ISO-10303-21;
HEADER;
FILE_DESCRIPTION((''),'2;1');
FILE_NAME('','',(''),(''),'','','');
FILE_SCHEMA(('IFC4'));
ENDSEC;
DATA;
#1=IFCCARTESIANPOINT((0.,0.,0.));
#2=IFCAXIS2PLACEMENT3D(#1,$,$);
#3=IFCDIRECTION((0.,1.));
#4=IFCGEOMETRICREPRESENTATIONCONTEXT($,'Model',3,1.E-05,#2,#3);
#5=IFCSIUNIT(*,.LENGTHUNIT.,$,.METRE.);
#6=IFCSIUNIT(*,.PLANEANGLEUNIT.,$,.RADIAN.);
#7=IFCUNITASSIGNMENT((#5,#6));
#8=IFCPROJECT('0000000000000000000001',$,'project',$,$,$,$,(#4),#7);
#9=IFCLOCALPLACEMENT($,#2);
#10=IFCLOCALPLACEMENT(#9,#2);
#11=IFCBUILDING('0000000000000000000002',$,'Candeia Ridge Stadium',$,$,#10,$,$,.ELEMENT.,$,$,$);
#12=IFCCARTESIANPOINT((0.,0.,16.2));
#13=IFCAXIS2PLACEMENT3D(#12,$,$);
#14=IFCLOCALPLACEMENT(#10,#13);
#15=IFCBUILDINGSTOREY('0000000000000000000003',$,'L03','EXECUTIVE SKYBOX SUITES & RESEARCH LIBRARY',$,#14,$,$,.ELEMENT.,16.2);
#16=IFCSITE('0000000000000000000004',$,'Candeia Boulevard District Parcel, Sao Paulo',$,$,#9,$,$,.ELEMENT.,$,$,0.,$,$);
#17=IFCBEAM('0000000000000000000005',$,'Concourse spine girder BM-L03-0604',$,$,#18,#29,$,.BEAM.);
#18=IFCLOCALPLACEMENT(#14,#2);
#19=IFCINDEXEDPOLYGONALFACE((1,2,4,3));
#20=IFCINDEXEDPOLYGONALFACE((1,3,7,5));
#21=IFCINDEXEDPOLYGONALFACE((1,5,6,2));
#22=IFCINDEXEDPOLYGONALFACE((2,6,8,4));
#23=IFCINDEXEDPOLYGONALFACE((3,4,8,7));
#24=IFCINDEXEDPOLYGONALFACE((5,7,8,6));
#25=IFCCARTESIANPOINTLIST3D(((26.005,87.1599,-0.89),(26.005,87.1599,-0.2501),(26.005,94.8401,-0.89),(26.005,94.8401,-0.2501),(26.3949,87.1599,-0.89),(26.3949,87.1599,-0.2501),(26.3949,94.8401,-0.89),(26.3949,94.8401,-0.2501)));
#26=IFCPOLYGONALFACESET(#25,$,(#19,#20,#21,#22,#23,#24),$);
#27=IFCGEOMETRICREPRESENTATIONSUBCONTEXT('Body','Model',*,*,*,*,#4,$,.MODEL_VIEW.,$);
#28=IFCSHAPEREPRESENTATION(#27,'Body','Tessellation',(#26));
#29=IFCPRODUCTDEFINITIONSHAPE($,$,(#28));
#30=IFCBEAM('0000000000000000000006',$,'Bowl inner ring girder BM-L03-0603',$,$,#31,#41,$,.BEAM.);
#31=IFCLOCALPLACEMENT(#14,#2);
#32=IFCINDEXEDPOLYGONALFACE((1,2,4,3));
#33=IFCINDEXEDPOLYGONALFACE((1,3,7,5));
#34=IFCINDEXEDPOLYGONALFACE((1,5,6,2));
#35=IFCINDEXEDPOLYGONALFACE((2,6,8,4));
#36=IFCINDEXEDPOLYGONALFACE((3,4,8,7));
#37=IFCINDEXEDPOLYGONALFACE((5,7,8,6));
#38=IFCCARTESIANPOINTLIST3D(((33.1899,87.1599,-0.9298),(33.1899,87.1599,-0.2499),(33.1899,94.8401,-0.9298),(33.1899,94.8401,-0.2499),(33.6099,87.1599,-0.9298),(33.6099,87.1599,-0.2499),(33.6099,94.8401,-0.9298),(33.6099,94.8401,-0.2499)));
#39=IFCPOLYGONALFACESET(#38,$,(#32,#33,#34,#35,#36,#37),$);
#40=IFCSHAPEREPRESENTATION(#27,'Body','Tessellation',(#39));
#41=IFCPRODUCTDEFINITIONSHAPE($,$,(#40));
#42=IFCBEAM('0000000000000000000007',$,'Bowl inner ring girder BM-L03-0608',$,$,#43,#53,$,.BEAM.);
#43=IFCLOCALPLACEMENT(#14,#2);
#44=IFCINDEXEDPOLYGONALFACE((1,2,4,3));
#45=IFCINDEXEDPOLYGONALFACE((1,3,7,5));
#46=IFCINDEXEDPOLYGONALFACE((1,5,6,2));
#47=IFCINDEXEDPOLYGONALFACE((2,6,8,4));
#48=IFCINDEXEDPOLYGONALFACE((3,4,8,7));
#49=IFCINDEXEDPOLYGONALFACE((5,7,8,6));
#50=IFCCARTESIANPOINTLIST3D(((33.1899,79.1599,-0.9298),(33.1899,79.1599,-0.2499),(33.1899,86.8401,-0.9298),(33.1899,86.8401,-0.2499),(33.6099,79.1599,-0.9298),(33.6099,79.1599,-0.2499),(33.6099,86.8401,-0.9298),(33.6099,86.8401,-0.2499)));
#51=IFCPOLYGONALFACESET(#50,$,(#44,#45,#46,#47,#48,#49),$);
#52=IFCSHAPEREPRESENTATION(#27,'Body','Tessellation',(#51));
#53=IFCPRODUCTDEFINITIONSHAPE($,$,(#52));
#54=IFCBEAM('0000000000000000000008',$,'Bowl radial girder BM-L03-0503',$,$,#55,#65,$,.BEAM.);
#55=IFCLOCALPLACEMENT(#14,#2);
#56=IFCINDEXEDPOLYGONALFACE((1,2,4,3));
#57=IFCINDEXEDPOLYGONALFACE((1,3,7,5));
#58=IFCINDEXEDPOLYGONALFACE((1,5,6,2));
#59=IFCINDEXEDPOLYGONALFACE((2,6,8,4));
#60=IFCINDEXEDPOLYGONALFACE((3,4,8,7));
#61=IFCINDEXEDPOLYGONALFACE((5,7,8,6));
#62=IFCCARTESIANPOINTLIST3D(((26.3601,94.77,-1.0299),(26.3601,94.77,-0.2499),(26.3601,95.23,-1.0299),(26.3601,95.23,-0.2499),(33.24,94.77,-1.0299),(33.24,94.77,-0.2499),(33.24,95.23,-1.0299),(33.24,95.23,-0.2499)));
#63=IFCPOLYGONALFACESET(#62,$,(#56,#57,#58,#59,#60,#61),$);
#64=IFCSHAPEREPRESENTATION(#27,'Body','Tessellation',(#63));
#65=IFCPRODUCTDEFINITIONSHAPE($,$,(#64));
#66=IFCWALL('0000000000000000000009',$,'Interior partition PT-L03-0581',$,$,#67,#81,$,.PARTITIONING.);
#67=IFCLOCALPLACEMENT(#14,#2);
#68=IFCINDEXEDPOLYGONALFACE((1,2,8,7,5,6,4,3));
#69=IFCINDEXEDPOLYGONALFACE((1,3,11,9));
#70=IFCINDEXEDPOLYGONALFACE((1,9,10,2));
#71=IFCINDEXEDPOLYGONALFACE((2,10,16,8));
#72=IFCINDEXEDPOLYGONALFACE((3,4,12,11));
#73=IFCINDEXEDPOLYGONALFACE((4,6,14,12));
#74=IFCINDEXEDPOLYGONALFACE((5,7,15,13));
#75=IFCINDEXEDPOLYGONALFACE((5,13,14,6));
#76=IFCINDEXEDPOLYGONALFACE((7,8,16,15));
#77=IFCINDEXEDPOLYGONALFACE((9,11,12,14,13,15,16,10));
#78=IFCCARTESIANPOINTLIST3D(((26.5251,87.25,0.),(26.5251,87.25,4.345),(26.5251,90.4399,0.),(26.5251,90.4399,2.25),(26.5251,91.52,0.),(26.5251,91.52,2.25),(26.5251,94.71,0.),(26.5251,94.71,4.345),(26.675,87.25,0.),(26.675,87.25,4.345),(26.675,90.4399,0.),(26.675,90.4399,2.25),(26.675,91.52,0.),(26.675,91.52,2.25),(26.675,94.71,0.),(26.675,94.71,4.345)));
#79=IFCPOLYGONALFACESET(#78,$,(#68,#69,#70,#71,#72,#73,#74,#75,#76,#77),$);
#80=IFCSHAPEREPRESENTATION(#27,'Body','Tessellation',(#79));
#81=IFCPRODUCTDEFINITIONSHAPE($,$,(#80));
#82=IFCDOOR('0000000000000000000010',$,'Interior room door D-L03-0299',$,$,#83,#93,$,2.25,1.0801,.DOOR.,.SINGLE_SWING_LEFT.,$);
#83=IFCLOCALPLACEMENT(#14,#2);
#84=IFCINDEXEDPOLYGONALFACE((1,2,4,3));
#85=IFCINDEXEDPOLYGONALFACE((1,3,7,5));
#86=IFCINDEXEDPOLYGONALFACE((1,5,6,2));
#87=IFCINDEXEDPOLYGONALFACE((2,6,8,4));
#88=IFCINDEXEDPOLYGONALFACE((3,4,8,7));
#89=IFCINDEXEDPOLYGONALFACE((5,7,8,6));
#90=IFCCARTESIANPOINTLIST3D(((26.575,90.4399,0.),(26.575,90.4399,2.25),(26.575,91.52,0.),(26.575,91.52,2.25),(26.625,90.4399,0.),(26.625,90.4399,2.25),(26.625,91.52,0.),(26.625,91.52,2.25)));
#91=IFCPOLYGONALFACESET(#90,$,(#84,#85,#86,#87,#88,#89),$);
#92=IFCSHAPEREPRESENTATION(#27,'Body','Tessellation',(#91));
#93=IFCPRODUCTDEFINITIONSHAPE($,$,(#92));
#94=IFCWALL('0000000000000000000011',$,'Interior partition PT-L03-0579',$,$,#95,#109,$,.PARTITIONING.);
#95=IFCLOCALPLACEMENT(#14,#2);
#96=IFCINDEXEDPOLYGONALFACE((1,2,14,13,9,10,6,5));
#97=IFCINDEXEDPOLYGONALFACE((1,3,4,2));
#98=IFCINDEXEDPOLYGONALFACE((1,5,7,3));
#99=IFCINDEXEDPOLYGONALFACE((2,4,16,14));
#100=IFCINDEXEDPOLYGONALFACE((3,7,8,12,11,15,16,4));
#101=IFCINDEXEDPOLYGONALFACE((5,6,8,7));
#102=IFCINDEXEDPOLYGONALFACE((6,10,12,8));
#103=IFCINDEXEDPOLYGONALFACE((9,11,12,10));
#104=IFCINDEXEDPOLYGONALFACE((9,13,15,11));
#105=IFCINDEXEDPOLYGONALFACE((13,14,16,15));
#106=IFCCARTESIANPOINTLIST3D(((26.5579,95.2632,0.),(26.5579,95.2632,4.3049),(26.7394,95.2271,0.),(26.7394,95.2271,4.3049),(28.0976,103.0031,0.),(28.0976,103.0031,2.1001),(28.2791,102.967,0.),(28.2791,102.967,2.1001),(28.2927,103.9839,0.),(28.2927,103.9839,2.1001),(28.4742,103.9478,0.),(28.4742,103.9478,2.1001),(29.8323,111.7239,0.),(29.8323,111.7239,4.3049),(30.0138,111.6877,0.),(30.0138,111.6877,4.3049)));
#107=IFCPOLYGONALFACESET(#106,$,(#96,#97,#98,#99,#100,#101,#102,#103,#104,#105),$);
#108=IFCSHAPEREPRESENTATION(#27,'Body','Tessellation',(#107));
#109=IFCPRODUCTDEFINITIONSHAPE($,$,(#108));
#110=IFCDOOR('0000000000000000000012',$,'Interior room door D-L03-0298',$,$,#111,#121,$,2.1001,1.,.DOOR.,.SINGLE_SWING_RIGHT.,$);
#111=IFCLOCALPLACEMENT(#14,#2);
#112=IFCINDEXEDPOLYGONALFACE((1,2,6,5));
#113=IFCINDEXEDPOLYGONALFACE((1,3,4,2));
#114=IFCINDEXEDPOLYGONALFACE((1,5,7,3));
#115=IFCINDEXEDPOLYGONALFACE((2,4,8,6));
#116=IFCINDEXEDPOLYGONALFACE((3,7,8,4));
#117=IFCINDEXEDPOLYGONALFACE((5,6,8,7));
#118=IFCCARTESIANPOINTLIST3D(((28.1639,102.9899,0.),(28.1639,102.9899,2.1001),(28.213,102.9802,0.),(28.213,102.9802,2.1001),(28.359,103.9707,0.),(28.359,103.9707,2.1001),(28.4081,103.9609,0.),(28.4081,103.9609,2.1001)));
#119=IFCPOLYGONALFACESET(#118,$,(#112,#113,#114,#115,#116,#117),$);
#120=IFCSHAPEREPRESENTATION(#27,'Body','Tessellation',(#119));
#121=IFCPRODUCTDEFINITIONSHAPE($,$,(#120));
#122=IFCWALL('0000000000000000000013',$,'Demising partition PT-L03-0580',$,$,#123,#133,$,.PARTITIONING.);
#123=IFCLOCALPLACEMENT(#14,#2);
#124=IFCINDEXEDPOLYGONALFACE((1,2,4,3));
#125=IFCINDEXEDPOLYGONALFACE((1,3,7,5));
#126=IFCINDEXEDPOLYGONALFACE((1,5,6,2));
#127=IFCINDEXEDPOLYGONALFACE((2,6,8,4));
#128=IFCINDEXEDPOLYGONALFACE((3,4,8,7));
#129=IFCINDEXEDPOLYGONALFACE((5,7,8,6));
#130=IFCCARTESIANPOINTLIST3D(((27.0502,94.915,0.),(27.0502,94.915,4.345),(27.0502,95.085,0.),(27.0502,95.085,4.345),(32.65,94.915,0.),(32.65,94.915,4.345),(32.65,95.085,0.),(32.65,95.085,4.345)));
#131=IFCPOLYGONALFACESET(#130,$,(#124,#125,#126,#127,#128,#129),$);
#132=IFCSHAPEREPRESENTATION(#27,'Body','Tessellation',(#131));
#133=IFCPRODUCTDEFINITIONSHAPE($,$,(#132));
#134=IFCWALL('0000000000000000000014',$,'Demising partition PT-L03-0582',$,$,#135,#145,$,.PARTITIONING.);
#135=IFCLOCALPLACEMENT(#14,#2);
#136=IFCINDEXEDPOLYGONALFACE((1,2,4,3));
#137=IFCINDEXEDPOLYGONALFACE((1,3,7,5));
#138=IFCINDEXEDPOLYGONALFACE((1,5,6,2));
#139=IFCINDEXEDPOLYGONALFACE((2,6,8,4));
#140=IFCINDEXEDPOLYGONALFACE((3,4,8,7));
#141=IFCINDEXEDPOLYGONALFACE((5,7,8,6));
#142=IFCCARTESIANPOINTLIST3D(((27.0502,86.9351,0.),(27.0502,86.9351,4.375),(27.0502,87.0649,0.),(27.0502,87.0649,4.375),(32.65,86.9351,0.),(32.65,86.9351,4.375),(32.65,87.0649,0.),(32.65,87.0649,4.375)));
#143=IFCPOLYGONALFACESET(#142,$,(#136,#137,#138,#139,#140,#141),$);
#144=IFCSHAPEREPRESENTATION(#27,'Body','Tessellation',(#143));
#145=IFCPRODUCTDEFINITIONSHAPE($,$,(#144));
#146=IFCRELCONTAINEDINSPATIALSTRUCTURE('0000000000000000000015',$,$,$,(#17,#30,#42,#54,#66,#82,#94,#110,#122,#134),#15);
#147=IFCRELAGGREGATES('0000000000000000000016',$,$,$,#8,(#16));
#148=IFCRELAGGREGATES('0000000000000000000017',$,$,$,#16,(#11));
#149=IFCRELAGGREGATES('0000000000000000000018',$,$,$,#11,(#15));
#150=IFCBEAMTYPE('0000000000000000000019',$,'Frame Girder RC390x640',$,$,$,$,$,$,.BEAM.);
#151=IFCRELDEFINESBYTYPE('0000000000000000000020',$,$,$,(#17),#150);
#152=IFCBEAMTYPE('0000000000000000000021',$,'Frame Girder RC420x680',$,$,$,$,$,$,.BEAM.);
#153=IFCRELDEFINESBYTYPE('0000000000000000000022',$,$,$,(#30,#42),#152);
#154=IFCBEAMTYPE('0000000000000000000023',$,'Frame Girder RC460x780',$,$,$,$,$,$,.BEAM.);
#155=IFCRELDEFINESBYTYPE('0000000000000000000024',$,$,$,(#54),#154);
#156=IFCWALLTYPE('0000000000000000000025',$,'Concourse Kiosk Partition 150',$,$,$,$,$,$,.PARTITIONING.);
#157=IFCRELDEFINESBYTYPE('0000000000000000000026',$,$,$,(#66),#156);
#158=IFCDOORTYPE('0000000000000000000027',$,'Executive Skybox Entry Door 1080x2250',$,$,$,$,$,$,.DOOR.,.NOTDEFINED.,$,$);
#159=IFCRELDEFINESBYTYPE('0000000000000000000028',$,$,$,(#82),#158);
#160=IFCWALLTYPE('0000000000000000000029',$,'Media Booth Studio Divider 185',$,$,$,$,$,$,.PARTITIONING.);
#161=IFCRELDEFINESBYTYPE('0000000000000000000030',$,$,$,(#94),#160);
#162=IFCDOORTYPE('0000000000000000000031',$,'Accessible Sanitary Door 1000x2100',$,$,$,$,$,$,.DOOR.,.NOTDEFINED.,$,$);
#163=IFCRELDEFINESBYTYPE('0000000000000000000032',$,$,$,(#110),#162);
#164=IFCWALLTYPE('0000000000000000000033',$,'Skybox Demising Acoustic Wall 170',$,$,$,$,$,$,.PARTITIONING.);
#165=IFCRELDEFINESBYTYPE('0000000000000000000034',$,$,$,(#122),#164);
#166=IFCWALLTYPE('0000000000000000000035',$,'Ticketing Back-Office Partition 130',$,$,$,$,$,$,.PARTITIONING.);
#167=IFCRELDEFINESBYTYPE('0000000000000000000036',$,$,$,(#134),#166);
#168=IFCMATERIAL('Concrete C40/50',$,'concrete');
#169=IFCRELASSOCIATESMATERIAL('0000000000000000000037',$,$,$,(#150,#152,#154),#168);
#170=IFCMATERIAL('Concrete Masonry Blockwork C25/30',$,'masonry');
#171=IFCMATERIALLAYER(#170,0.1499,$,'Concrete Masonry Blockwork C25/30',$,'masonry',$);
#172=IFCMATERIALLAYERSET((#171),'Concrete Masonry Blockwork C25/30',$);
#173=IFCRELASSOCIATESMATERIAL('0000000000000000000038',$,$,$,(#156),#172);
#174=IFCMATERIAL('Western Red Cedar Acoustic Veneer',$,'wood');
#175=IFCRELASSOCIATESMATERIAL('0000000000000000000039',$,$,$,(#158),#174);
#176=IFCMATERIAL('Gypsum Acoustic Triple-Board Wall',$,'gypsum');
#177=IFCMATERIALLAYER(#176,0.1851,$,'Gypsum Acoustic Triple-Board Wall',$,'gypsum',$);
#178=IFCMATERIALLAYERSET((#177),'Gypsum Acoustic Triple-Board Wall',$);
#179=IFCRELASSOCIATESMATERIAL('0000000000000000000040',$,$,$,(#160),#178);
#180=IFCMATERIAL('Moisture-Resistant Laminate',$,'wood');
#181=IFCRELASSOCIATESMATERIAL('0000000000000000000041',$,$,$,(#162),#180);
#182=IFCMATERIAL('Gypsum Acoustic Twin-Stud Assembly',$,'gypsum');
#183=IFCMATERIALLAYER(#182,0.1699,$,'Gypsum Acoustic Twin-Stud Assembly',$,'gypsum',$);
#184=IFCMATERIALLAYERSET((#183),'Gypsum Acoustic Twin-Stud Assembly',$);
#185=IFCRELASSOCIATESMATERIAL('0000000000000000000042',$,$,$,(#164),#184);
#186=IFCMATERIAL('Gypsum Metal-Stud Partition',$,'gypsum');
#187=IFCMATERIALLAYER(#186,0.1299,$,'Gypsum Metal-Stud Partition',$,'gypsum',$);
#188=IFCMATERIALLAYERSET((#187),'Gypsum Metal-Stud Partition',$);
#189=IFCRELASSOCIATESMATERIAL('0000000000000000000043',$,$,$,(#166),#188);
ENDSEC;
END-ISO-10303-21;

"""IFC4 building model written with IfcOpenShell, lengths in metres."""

from ifc_helpers import new_model, si_unit, direction, frame, frame_2d, origin, origin_2d, place, context, subcontext, project, spatial, rectangle, extrude, material, layer, layer_set, material_profile, profile_set, type_object, element, fill, save


model = new_model("IFC4")

# Units and contexts
model_context = context("Model", 3, precision=1e-05, world=origin(), true_north=direction((0.0, 1.0)))
body_context = subcontext(model_context, "Body", "Model", "MODEL_VIEW")
ifc_project = project(units=[si_unit("LENGTHUNIT", "METRE"), si_unit("PLANEANGLEUNIT", "RADIAN")], contexts=[model_context])

# Site, building, storey
site_placement = place(None, origin())
site = spatial("IfcSite", under=ifc_project, at=site_placement, Name="Candeia Boulevard District Parcel, Sao Paulo", CompositionType="ELEMENT", RefElevation=0.0)
building_placement = place(site_placement, origin())
building = spatial("IfcBuilding", under=site, at=building_placement, Name="Candeia Ridge Stadium", CompositionType="ELEMENT")
storey_placement = place(building_placement, frame((0.0, 0.0, 16.2)))
storey = spatial("IfcBuildingStorey", under=building, at=storey_placement, Name="L03", Description="EXECUTIVE SKYBOX SUITES & RESEARCH LIBRARY", CompositionType="ELEMENT", Elevation=16.2)

# Shared definitions
ifc_material_1 = material(Name="Concrete C40/50", Category="concrete")

# Beams
ifc_material_profile_1 = material_profile(ifc_material_1, rectangle(XDim=0.3899, YDim=0.6399, at=origin_2d()), Name="RC390x640", Category="concrete")
ifc_profile_set_1 = profile_set([ifc_material_profile_1], Name="Concrete C40/50")
beam_type_1 = type_object("IfcBeamType", Name="Frame Girder RC390x640", PredefinedType="BEAM", material=ifc_profile_set_1)
beam_1_placement = place(storey_placement, frame((26.2, 94.8401, -0.5701), z_axis=(0.0, -1.0, 0.0), x_axis=(1.0, 0.0, 0.0)))
element("IfcBeam", 1, at=beam_1_placement, inside=storey, type_object=beam_type_1, Name="Concourse spine girder BM-L03-0604", PredefinedType="BEAM", context=body_context, shape_type="SweptSolid", body=[
    extrude(rectangle(XDim=0.3899, YDim=0.6399, at=origin_2d()), origin(), (0.0, 0.0, 1.0), 7.6802),
])
ifc_material_profile_2 = material_profile(ifc_material_1, rectangle(XDim=0.4199, YDim=0.6799, at=origin_2d()), Name="RC420x680", Category="concrete")
ifc_profile_set_2 = profile_set([ifc_material_profile_2], Name="Concrete C40/50")
beam_type_2 = type_object("IfcBeamType", Name="Frame Girder RC420x680", PredefinedType="BEAM", material=ifc_profile_set_2)
for number, where, z_axis, x_axis, name in (
    (2, (33.3999, 94.8401, -0.5898), (0.0, -1.0, 0.0), (1.0, 0.0, 0.0), "Bowl inner ring girder BM-L03-0603"),
    (3, (33.3999, 86.8401, -0.5898), (0.0, -1.0, 0.0), (1.0, 0.0, 0.0), "Bowl inner ring girder BM-L03-0608"),
):
    element("IfcBeam", number, at=place(storey_placement, frame(where, z_axis=z_axis, x_axis=x_axis)), inside=storey, type_object=beam_type_2, Name=name, PredefinedType="BEAM", context=body_context, shape_type="SweptSolid", body=[
        extrude(rectangle(XDim=0.4199, YDim=0.6799, at=origin_2d()), origin(), (0.0, 0.0, 1.0), 7.6802),
    ])
ifc_material_profile_3 = material_profile(ifc_material_1, rectangle(XDim=0.46, YDim=0.78, at=origin_2d()), Name="RC460x780", Category="concrete")
ifc_profile_set_3 = profile_set([ifc_material_profile_3], Name="Concrete C40/50")
beam_type_3 = type_object("IfcBeamType", Name="Frame Girder RC460x780", PredefinedType="BEAM", material=ifc_profile_set_3)
beam_2_placement = place(storey_placement, frame((33.24, 95.0, -0.6399), z_axis=(-1.0, 0.0, 0.0), x_axis=(0.0, -1.0, 0.0)))
element("IfcBeam", 4, at=beam_2_placement, inside=storey, type_object=beam_type_3, Name="Bowl radial girder BM-L03-0503", PredefinedType="BEAM", context=body_context, shape_type="SweptSolid", body=[
    extrude(rectangle(XDim=0.46, YDim=0.78, at=origin_2d()), origin(), (0.0, 0.0, 1.0), 6.8799),
])

# Walls, openings, doors
ifc_material_2 = material(Name="Concrete Masonry Blockwork C25/30", Category="masonry")
ifc_layer_1 = layer(ifc_material_2, 0.1499, Name="Concrete Masonry Blockwork C25/30", Category="masonry")
ifc_layer_set_1 = layer_set([ifc_layer_1], Name="Concrete Masonry Blockwork C25/30")
wall_type_1 = type_object("IfcWallType", Name="Concourse Kiosk Partition 150", PredefinedType="PARTITIONING", material=ifc_layer_set_1)
wall_1_placement = place(storey_placement, frame((26.6001, 87.25, 0.0), z_axis=(0.0, 0.0, 1.0), x_axis=(0.0, 1.0, 0.0)))
wall_1 = element("IfcWall", 5, at=wall_1_placement, inside=storey, type_object=wall_type_1, Name="Interior partition PT-L03-0581", PredefinedType="PARTITIONING", context=body_context, shape_type="SweptSolid", body=[
    extrude(rectangle(XDim=7.46, YDim=0.1499, at=frame_2d((3.73, 0.0))), origin(), (0.0, 0.0, 1.0), 4.345),
])
opening_1_placement = place(wall_1_placement, frame((3.1899, 0.0, 0.0)))
opening_1 = element("IfcOpeningElement", 6, at=opening_1_placement, cuts=wall_1, PredefinedType="OPENING", context=body_context, shape_type="SweptSolid", body=[
    extrude(rectangle(XDim=1.0801, YDim=2.25, at=frame_2d((0.54, 1.125))), frame((0.0, 0.085, 0.0), z_axis=(0.0, -1.0, 0.0), x_axis=(1.0, 0.0, 0.0)), (0.0, 0.0, 1.0), 0.1699),
])
ifc_material_3 = material(Name="Western Red Cedar Acoustic Veneer", Category="wood")
door_type_1 = type_object("IfcDoorType", Name="Executive Skybox Entry Door 1080x2250", OperationType="NOTDEFINED", PredefinedType="DOOR", material=ifc_material_3)
door_1_placement = place(opening_1_placement, frame((1.0801, 0.0, 0.0), z_axis=(0.0, 0.0, 1.0), x_axis=(-1.0, 0.0, 0.0)))
door_1 = element("IfcDoor", 7, at=door_1_placement, inside=storey, type_object=door_type_1, Name="Interior room door D-L03-0299", OperationType="SINGLE_SWING_LEFT", OverallHeight=2.25, OverallWidth=1.0801, PredefinedType="DOOR", context=body_context, shape_type="SweptSolid", body=[
    extrude(rectangle(XDim=1.0801, YDim=2.25, at=frame_2d((0.54, 1.125))), frame((0.0, 0.0249, 0.0), z_axis=(0.0, -1.0, 0.0), x_axis=(1.0, 0.0, 0.0)), (0.0, 0.0, 1.0), 0.05),
])
fill(opening_1, door_1)
ifc_material_4 = material(Name="Gypsum Acoustic Triple-Board Wall", Category="gypsum")
ifc_layer_2 = layer(ifc_material_4, 0.1851, Name="Gypsum Acoustic Triple-Board Wall", Category="gypsum")
ifc_layer_set_2 = layer_set([ifc_layer_2], Name="Gypsum Acoustic Triple-Board Wall")
wall_type_2 = type_object("IfcWallType", Name="Media Booth Studio Divider 185", PredefinedType="PARTITIONING", material=ifc_layer_set_2)
wall_2_placement = place(storey_placement, frame((26.6487, 95.2451, 0.0), z_axis=(0.0, 0.0, 1.0), x_axis=(0.195101, 0.980783, 0.0)))
wall_2 = element("IfcWall", 8, at=wall_2_placement, inside=storey, type_object=wall_type_2, Name="Interior partition PT-L03-0579", PredefinedType="PARTITIONING", context=body_context, shape_type="SweptSolid", body=[
    extrude(rectangle(XDim=16.7832, YDim=0.1851, at=frame_2d((8.3916, 0.0))), origin(), (0.0, 0.0, 1.0), 4.3049),
])
opening_2_placement = place(wall_2_placement, frame((7.8916, 0.0, 0.0)))
opening_2 = element("IfcOpeningElement", 9, at=opening_2_placement, cuts=wall_2, PredefinedType="OPENING", context=body_context, shape_type="SweptSolid", body=[
    extrude(rectangle(XDim=1.0, YDim=2.1001, at=frame_2d((0.5, 1.05))), frame((0.0, 0.1025, 0.0), z_axis=(0.0, -1.0, 0.0), x_axis=(1.0, 0.0, 0.0)), (0.0, 0.0, 1.0), 0.2051),
])
ifc_material_5 = material(Name="Moisture-Resistant Laminate", Category="wood")
door_type_2 = type_object("IfcDoorType", Name="Accessible Sanitary Door 1000x2100", OperationType="NOTDEFINED", PredefinedType="DOOR", material=ifc_material_5)
door_2_placement = place(opening_2_placement, origin())
door_2 = element("IfcDoor", 10, at=door_2_placement, inside=storey, type_object=door_type_2, Name="Interior room door D-L03-0298", OperationType="SINGLE_SWING_RIGHT", OverallHeight=2.1001, OverallWidth=1.0, PredefinedType="DOOR", context=body_context, shape_type="SweptSolid", body=[
    extrude(rectangle(XDim=1.0, YDim=2.1001, at=frame_2d((0.5, 1.05))), frame((0.0, 0.0249, 0.0), z_axis=(0.0, -1.0, 0.0), x_axis=(1.0, 0.0, 0.0)), (0.0, 0.0, 1.0), 0.05),
])
fill(opening_2, door_2)

# Walls
ifc_material_6 = material(Name="Gypsum Acoustic Twin-Stud Assembly", Category="gypsum")
ifc_layer_3 = layer(ifc_material_6, 0.1699, Name="Gypsum Acoustic Twin-Stud Assembly", Category="gypsum")
ifc_layer_set_3 = layer_set([ifc_layer_3], Name="Gypsum Acoustic Twin-Stud Assembly")
wall_type_3 = type_object("IfcWallType", Name="Skybox Demising Acoustic Wall 170", PredefinedType="PARTITIONING", material=ifc_layer_set_3)
wall_3_placement = place(storey_placement, frame((32.6499, 95.0, 0.0), z_axis=(0.0, 0.0, 1.0), x_axis=(-1.0, 0.0, 0.0)))
element("IfcWall", 11, at=wall_3_placement, inside=storey, type_object=wall_type_3, Name="Demising partition PT-L03-0580", PredefinedType="PARTITIONING", context=body_context, shape_type="SweptSolid", body=[
    extrude(rectangle(XDim=5.5999, YDim=0.1699, at=frame_2d((2.7998, 0.0))), origin(), (0.0, 0.0, 1.0), 4.345),
])
ifc_material_7 = material(Name="Gypsum Metal-Stud Partition", Category="gypsum")
ifc_layer_4 = layer(ifc_material_7, 0.1299, Name="Gypsum Metal-Stud Partition", Category="gypsum")
ifc_layer_set_4 = layer_set([ifc_layer_4], Name="Gypsum Metal-Stud Partition")
wall_type_4 = type_object("IfcWallType", Name="Ticketing Back-Office Partition 130", PredefinedType="PARTITIONING", material=ifc_layer_set_4)
wall_4_placement = place(storey_placement, frame((32.6499, 87.0, 0.0), z_axis=(0.0, 0.0, 1.0), x_axis=(-1.0, 0.0, 0.0)))
element("IfcWall", 12, at=wall_4_placement, inside=storey, type_object=wall_type_4, Name="Demising partition PT-L03-0582", PredefinedType="PARTITIONING", context=body_context, shape_type="SweptSolid", body=[
    extrude(rectangle(XDim=5.5999, YDim=0.1299, at=frame_2d((2.7998, 0.0))), origin(), (0.0, 0.0, 1.0), 4.375),
])

save(model, "model.ifc")
